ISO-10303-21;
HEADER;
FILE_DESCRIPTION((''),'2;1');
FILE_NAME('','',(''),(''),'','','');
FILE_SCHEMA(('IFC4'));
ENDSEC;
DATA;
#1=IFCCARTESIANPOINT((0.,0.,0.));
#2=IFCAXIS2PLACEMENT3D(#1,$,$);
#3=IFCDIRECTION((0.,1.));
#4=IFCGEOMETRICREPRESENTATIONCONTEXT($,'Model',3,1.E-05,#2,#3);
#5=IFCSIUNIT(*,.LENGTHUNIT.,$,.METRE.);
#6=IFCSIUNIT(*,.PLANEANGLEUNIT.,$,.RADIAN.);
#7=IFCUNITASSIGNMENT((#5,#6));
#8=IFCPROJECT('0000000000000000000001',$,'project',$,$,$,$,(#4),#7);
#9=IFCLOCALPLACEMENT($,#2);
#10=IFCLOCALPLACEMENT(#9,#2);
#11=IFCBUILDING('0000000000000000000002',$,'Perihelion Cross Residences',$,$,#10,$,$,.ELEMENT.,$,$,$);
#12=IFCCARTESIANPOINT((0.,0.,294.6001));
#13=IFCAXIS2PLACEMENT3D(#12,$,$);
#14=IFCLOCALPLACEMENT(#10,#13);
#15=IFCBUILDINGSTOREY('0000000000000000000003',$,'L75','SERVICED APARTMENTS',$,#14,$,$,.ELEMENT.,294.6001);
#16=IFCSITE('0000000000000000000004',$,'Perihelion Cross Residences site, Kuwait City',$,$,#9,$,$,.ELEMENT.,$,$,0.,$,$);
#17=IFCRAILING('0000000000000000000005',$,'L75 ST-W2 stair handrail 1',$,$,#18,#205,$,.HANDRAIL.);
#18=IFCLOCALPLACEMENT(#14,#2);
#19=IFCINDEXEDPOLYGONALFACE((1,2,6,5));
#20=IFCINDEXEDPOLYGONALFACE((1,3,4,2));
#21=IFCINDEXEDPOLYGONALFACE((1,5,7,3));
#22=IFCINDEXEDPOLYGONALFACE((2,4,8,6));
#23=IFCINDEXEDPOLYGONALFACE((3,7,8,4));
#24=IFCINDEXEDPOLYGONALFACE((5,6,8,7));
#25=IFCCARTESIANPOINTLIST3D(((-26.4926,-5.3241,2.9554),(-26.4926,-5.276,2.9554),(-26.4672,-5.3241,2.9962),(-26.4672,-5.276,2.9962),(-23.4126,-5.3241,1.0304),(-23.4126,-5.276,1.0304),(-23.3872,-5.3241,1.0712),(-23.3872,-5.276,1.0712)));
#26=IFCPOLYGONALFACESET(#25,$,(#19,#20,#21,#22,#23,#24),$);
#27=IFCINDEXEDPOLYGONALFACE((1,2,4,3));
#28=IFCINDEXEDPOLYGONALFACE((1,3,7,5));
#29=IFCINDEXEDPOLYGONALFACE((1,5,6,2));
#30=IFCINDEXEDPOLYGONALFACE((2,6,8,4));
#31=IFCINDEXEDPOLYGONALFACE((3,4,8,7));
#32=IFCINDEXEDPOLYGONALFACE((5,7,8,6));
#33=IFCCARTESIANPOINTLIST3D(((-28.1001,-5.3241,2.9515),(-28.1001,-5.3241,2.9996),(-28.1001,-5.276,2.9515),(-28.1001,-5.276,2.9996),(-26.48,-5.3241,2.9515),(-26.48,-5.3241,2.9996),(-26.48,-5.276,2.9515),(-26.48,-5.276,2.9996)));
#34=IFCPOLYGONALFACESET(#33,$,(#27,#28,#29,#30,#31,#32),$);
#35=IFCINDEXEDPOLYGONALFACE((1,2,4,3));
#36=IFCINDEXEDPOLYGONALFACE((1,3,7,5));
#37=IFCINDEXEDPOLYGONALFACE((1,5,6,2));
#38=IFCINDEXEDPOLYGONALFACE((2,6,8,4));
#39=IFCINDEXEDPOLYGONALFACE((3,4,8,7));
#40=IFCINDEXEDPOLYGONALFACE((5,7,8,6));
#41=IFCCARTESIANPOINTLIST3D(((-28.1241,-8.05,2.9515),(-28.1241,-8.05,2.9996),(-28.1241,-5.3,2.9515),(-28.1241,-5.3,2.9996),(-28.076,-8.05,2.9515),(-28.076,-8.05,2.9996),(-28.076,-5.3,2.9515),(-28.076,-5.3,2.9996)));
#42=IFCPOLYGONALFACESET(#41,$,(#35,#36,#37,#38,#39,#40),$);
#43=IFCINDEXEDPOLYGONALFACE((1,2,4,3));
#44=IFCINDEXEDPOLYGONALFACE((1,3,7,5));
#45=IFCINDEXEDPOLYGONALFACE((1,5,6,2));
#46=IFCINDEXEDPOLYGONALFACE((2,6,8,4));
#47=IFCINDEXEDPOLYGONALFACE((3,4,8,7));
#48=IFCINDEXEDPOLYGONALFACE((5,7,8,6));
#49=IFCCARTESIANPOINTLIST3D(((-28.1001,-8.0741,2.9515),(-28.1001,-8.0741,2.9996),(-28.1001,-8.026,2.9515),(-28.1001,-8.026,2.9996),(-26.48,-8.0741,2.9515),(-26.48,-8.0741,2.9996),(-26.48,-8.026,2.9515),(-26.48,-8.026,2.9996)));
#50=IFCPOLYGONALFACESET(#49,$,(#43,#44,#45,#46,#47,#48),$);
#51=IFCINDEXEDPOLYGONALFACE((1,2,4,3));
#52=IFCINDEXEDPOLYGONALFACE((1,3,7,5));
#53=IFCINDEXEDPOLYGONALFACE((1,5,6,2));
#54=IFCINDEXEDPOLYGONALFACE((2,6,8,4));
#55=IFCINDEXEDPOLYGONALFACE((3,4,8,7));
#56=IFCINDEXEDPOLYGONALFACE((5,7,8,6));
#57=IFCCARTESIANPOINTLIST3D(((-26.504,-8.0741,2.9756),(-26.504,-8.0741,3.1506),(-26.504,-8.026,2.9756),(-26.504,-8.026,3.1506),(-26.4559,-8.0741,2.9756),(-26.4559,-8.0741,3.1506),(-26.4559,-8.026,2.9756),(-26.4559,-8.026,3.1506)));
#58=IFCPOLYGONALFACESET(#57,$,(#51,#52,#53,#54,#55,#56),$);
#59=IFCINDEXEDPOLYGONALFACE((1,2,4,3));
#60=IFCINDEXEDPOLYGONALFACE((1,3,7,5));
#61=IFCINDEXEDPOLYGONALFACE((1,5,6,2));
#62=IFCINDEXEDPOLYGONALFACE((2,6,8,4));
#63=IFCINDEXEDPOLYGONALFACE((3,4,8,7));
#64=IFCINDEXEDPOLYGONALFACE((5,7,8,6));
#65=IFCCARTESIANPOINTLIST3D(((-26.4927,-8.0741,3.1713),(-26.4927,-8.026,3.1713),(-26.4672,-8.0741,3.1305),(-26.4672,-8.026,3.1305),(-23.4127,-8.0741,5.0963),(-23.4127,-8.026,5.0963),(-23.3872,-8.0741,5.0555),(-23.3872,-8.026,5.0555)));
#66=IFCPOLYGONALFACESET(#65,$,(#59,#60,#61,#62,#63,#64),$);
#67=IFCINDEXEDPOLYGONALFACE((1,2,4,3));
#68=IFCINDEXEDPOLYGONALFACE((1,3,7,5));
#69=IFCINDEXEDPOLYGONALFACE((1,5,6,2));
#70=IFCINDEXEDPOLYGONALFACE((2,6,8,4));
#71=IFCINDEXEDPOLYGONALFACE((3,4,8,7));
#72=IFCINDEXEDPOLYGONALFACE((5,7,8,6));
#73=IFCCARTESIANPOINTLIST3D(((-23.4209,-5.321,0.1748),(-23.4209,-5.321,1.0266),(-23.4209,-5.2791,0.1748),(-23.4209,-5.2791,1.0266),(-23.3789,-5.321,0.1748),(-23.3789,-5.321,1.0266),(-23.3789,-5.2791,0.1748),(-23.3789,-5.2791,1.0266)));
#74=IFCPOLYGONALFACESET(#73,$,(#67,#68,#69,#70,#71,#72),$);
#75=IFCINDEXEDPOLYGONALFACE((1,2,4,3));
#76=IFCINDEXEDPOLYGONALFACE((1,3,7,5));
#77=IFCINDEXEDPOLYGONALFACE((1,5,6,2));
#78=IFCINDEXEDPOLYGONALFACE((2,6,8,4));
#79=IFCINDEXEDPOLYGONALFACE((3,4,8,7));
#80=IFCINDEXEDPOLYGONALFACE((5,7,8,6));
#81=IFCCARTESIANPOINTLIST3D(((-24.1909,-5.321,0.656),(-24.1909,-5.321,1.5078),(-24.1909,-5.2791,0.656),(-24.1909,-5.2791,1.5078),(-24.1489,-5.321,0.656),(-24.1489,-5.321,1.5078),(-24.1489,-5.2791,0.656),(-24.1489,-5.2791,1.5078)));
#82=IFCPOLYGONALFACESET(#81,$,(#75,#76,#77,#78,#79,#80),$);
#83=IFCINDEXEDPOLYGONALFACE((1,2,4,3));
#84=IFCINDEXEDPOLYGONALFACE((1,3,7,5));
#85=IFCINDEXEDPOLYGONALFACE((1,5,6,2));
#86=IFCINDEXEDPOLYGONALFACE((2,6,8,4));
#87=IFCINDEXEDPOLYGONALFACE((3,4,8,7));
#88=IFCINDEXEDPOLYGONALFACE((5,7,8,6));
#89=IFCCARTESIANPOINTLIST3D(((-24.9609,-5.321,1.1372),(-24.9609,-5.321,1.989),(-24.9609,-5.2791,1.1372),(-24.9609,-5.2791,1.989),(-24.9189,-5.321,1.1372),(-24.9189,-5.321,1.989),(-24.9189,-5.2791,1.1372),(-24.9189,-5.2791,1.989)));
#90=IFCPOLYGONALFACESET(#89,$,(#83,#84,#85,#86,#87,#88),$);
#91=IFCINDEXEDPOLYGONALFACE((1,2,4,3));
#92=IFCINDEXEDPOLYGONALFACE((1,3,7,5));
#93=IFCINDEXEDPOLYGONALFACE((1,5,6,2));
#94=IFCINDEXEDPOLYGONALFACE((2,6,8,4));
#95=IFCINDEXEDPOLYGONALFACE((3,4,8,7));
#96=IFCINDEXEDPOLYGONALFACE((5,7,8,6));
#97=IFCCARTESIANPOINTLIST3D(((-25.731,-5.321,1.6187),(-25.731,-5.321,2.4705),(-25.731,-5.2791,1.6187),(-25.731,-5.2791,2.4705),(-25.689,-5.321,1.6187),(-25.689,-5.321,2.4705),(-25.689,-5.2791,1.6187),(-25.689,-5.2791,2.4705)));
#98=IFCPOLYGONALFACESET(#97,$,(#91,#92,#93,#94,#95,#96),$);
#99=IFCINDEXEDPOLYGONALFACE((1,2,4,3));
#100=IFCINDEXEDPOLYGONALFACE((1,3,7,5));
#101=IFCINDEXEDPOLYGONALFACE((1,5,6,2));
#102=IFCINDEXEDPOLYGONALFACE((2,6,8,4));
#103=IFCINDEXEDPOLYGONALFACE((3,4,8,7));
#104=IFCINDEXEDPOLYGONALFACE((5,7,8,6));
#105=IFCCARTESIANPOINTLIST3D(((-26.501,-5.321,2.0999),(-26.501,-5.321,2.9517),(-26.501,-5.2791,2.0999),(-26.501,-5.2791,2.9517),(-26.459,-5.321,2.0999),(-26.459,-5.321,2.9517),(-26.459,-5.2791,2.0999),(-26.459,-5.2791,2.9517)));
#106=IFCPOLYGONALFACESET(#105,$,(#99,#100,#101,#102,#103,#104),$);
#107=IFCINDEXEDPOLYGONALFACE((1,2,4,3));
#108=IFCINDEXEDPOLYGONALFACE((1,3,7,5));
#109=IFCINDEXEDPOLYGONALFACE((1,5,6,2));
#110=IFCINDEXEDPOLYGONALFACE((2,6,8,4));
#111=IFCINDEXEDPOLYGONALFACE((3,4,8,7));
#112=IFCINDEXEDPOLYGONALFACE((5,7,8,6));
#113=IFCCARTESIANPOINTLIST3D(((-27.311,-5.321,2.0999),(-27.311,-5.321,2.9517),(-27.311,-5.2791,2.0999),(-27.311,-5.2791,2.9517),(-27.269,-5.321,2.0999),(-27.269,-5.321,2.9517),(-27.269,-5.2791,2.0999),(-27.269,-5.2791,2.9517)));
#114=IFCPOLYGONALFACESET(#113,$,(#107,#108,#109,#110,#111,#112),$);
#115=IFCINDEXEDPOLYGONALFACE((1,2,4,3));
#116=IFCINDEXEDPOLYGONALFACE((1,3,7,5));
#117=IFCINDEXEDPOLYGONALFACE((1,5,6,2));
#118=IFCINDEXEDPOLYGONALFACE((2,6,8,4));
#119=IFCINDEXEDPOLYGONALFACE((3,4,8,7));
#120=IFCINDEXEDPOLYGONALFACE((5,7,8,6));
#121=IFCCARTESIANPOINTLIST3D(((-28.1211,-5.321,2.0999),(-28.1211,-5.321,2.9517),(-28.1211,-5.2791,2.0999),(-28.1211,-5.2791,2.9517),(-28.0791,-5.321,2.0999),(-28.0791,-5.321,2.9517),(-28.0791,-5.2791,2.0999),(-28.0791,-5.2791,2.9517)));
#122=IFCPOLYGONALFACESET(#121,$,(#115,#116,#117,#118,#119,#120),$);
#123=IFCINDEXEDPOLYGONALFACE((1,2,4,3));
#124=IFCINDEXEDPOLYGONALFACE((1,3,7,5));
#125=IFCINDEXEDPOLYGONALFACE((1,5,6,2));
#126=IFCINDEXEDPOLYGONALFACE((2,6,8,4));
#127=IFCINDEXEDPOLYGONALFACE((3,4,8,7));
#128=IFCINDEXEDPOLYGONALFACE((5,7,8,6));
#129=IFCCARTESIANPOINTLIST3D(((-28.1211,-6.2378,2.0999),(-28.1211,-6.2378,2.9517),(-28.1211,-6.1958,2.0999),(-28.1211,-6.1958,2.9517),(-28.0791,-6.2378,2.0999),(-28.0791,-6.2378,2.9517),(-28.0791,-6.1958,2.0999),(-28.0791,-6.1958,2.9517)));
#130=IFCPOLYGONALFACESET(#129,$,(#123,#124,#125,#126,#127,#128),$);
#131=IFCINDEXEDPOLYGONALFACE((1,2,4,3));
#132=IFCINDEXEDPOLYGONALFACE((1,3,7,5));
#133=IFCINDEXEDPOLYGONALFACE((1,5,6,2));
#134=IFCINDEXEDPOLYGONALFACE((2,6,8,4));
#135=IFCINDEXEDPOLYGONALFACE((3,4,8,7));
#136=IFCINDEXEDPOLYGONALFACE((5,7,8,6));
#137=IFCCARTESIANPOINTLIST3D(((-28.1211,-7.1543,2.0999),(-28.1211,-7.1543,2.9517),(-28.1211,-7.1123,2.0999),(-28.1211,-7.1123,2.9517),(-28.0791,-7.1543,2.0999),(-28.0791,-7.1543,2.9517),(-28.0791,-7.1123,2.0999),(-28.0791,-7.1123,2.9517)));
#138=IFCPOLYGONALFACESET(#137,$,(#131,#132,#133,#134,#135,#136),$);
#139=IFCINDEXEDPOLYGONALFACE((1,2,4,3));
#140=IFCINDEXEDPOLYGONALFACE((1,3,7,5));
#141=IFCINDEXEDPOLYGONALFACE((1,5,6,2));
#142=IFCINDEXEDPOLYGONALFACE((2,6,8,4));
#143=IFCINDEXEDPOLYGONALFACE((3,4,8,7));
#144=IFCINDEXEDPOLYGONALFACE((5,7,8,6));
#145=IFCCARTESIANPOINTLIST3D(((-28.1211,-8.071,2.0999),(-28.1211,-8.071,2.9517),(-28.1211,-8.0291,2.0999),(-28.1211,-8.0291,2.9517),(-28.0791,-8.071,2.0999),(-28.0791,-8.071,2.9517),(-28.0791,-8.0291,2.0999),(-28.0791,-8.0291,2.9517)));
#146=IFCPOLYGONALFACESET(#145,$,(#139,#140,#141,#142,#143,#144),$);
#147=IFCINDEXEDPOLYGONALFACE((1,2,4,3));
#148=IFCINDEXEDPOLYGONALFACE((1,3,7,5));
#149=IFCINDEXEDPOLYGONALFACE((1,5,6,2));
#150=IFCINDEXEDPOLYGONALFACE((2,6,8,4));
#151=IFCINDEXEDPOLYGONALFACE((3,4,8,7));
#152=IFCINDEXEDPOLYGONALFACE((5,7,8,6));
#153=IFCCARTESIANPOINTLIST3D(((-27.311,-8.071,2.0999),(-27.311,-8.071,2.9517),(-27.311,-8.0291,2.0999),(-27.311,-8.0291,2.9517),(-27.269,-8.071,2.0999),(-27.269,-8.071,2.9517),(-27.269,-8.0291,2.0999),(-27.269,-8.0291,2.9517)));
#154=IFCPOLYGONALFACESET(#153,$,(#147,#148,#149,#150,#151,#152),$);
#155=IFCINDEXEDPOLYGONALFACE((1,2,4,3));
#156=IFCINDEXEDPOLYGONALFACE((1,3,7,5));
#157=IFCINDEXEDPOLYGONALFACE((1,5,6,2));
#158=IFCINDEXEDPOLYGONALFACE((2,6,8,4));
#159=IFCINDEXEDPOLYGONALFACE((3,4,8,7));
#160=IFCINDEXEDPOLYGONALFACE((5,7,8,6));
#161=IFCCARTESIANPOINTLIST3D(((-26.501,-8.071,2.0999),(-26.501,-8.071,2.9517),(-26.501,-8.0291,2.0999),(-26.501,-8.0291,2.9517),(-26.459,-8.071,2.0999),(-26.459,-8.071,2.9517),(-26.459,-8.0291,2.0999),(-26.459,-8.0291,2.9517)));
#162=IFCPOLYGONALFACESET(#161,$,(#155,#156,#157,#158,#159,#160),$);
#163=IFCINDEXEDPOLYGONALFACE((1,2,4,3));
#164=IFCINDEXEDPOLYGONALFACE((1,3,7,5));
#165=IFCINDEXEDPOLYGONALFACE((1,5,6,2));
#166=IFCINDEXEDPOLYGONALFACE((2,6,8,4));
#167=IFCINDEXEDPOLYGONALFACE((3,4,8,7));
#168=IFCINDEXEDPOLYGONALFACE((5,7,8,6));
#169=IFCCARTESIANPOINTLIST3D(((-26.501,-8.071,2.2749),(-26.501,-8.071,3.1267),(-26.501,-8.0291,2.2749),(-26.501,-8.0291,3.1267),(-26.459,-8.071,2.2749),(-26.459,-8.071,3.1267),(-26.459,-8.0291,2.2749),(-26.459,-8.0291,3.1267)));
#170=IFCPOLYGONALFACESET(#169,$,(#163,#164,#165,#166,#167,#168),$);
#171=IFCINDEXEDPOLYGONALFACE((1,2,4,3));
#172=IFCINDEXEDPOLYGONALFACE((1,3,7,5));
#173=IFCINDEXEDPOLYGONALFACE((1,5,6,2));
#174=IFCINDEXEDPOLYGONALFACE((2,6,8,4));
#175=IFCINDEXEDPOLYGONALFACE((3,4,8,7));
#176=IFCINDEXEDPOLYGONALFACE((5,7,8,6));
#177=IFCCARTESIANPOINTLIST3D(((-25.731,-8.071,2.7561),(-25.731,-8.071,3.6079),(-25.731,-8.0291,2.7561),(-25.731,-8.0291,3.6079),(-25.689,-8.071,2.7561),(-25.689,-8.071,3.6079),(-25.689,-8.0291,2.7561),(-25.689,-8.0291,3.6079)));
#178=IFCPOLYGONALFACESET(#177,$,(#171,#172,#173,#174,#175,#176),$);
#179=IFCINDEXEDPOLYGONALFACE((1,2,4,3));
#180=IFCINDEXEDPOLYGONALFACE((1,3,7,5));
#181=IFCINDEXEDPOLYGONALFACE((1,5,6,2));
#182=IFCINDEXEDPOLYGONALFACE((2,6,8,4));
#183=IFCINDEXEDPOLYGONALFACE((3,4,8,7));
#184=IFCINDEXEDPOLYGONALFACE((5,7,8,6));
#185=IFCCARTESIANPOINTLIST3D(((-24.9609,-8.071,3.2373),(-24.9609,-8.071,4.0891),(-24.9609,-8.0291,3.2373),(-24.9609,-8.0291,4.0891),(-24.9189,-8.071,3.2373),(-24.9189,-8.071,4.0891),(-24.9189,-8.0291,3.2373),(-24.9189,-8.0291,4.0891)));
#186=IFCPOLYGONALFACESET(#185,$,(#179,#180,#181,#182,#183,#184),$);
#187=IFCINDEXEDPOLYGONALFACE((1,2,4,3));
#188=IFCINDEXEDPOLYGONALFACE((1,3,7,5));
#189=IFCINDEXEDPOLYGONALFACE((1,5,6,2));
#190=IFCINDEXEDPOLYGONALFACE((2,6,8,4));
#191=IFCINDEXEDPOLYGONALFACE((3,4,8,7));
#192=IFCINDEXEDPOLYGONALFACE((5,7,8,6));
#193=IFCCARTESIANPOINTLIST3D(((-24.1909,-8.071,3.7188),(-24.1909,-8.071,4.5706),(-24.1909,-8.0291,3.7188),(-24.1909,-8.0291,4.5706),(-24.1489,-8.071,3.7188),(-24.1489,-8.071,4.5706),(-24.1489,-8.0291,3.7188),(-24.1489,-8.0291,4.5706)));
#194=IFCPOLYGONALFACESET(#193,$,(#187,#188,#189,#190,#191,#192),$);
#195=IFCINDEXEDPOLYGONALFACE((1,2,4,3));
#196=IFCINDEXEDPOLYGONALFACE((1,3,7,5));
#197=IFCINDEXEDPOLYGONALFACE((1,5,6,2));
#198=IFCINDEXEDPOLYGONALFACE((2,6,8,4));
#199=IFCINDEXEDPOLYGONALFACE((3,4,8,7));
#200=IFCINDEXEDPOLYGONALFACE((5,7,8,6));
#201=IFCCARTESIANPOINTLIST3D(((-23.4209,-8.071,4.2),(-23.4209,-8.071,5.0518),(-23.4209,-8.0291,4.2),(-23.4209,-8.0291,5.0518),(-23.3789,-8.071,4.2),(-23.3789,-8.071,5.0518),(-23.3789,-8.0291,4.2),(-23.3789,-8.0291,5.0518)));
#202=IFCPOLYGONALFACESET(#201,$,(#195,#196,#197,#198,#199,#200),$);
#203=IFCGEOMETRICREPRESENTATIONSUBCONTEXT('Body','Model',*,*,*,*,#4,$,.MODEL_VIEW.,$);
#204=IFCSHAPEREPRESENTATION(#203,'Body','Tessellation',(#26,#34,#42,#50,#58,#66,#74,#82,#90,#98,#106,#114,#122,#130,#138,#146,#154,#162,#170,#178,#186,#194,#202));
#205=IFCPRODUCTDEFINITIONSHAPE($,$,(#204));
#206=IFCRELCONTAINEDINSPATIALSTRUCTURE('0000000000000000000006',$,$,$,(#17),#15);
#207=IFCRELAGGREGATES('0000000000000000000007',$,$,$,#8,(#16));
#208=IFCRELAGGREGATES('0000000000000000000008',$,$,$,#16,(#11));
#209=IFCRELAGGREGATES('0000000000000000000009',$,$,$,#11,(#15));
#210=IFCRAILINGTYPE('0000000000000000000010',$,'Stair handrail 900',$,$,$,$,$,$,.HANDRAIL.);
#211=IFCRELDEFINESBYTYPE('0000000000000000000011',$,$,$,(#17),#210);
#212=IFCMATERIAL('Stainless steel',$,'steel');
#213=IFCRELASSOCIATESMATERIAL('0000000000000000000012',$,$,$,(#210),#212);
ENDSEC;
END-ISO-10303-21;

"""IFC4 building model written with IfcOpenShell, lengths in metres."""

from ifc_helpers import new_model, si_unit, direction, frame, origin, origin_2d, place, context, subcontext, project, spatial, rectangle, extrude, material, type_object, element, save


model = new_model("IFC4")

# Units and contexts
model_context = context("Model", 3, precision=1e-05, world=origin(), true_north=direction((0.0, 1.0)))
body_context = subcontext(model_context, "Body", "Model", "MODEL_VIEW")
ifc_project = project(units=[si_unit("LENGTHUNIT", "METRE"), si_unit("PLANEANGLEUNIT", "RADIAN")], contexts=[model_context])

# Site, building, storey
site_placement = place(None, origin())
site = spatial("IfcSite", under=ifc_project, at=site_placement, Name="Perihelion Cross Residences site, Kuwait City", CompositionType="ELEMENT", RefElevation=0.0)
building_placement = place(site_placement, origin())
building = spatial("IfcBuilding", under=site, at=building_placement, Name="Perihelion Cross Residences", CompositionType="ELEMENT")
storey_placement = place(building_placement, frame((0.0, 0.0, 294.6001)))
storey = spatial("IfcBuildingStorey", under=building, at=storey_placement, Name="L75", Description="SERVICED APARTMENTS", CompositionType="ELEMENT", Elevation=294.6001)

# Railing
ifc_material_1 = material(Name="Stainless steel", Category="steel")
railing_type_1 = type_object("IfcRailingType", Name="Stair handrail 900", PredefinedType="HANDRAIL", material=ifc_material_1)
railing_1_placement = place(storey_placement, frame((-23.3999, -5.3, 0.1748)))
element("IfcRailing", 1, at=railing_1_placement, inside=storey, type_object=railing_type_1, Name="L75 ST-W2 stair handrail 1", PredefinedType="HANDRAIL", context=body_context, shape_type="SweptSolid", body=[
    extrude(rectangle(XDim=0.0481, YDim=0.0481, at=origin_2d()), frame((0.0, 0.0, 0.876), z_axis=(-0.847998, 0.0, 0.529999), x_axis=(0.0, -1.0, 0.0)), (0.0, 0.0, 1.0), 3.6321),
    extrude(rectangle(XDim=0.0481, YDim=0.0481, at=origin_2d()), frame((-3.0801, 0.0, 2.8008), z_axis=(-1.0, 0.0, 0.0), x_axis=(0.0, -1.0, 0.0)), (0.0, 0.0, 1.0), 1.6201),
    extrude(rectangle(XDim=0.0481, YDim=0.0481, at=origin_2d()), frame((-4.7002, 0.0, 2.8008), z_axis=(0.0, -1.0, 0.0), x_axis=(1.0, 0.0, 0.0)), (0.0, 0.0, 1.0), 2.75),
    extrude(rectangle(XDim=0.0481, YDim=0.0481, at=origin_2d()), frame((-4.7002, -2.75, 2.8008), z_axis=(1.0, 0.0, 0.0), x_axis=(0.0, 1.0, 0.0)), (0.0, 0.0, 1.0), 1.6201),
    extrude(rectangle(XDim=0.0481, YDim=0.0481, at=origin_2d()), frame((-3.0801, -2.75, 2.8008), z_axis=(0.0, 0.0, 1.0), x_axis=(1.0, 0.0, 0.0)), (0.0, 0.0, 1.0), 0.175),
    extrude(rectangle(XDim=0.0481, YDim=0.0481, at=origin_2d()), frame((-3.0801, -2.75, 2.9761), z_axis=(0.847998, 0.0, 0.529999), x_axis=(0.0, 1.0, 0.0)), (0.0, 0.0, 1.0), 3.6321),
    extrude(rectangle(XDim=0.042, YDim=0.042, at=origin_2d()), origin(), (0.0, 0.0, 1.0), 0.8518),
    extrude(rectangle(XDim=0.042, YDim=0.042, at=origin_2d()), frame((-0.77, 0.0, 0.4812)), (0.0, 0.0, 1.0), 0.8518),
    extrude(rectangle(XDim=0.042, YDim=0.042, at=origin_2d()), frame((-1.54, 0.0, 0.9624)), (0.0, 0.0, 1.0), 0.8518),
    extrude(rectangle(XDim=0.042, YDim=0.042, at=origin_2d()), frame((-2.3101, 0.0, 1.4438)), (0.0, 0.0, 1.0), 0.8518),
    extrude(rectangle(XDim=0.042, YDim=0.042, at=origin_2d()), frame((-3.0801, 0.0, 1.925)), (0.0, 0.0, 1.0), 0.8518),
    extrude(rectangle(XDim=0.042, YDim=0.042, at=origin_2d()), frame((-3.8901, 0.0, 1.925)), (0.0, 0.0, 1.0), 0.8518),
    extrude(rectangle(XDim=0.042, YDim=0.042, at=origin_2d()), frame((-4.7002, 0.0, 1.925)), (0.0, 0.0, 1.0), 0.8518),
    extrude(rectangle(XDim=0.042, YDim=0.042, at=origin_2d()), frame((-4.7002, -0.9167, 1.925)), (0.0, 0.0, 1.0), 0.8518),
    extrude(rectangle(XDim=0.042, YDim=0.042, at=origin_2d()), frame((-4.7002, -1.8333, 1.925)), (0.0, 0.0, 1.0), 0.8518),
    extrude(rectangle(XDim=0.042, YDim=0.042, at=origin_2d()), frame((-4.7002, -2.75, 1.925)), (0.0, 0.0, 1.0), 0.8518),
    extrude(rectangle(XDim=0.042, YDim=0.042, at=origin_2d()), frame((-3.8901, -2.75, 1.925)), (0.0, 0.0, 1.0), 0.8518),
    extrude(rectangle(XDim=0.042, YDim=0.042, at=origin_2d()), frame((-3.0801, -2.75, 1.925)), (0.0, 0.0, 1.0), 0.8518),
    extrude(rectangle(XDim=0.042, YDim=0.042, at=origin_2d()), frame((-3.0801, -2.75, 2.1001)), (0.0, 0.0, 1.0), 0.8518),
    extrude(rectangle(XDim=0.042, YDim=0.042, at=origin_2d()), frame((-2.3101, -2.75, 2.5813)), (0.0, 0.0, 1.0), 0.8518),
    extrude(rectangle(XDim=0.042, YDim=0.042, at=origin_2d()), frame((-1.54, -2.75, 3.0625)), (0.0, 0.0, 1.0), 0.8518),
    extrude(rectangle(XDim=0.042, YDim=0.042, at=origin_2d()), frame((-0.77, -2.75, 3.5439)), (0.0, 0.0, 1.0), 0.8518),
    extrude(rectangle(XDim=0.042, YDim=0.042, at=origin_2d()), frame((0.0, -2.75, 4.0251)), (0.0, 0.0, 1.0), 0.8518),
])

save(model, "model.ifc")
